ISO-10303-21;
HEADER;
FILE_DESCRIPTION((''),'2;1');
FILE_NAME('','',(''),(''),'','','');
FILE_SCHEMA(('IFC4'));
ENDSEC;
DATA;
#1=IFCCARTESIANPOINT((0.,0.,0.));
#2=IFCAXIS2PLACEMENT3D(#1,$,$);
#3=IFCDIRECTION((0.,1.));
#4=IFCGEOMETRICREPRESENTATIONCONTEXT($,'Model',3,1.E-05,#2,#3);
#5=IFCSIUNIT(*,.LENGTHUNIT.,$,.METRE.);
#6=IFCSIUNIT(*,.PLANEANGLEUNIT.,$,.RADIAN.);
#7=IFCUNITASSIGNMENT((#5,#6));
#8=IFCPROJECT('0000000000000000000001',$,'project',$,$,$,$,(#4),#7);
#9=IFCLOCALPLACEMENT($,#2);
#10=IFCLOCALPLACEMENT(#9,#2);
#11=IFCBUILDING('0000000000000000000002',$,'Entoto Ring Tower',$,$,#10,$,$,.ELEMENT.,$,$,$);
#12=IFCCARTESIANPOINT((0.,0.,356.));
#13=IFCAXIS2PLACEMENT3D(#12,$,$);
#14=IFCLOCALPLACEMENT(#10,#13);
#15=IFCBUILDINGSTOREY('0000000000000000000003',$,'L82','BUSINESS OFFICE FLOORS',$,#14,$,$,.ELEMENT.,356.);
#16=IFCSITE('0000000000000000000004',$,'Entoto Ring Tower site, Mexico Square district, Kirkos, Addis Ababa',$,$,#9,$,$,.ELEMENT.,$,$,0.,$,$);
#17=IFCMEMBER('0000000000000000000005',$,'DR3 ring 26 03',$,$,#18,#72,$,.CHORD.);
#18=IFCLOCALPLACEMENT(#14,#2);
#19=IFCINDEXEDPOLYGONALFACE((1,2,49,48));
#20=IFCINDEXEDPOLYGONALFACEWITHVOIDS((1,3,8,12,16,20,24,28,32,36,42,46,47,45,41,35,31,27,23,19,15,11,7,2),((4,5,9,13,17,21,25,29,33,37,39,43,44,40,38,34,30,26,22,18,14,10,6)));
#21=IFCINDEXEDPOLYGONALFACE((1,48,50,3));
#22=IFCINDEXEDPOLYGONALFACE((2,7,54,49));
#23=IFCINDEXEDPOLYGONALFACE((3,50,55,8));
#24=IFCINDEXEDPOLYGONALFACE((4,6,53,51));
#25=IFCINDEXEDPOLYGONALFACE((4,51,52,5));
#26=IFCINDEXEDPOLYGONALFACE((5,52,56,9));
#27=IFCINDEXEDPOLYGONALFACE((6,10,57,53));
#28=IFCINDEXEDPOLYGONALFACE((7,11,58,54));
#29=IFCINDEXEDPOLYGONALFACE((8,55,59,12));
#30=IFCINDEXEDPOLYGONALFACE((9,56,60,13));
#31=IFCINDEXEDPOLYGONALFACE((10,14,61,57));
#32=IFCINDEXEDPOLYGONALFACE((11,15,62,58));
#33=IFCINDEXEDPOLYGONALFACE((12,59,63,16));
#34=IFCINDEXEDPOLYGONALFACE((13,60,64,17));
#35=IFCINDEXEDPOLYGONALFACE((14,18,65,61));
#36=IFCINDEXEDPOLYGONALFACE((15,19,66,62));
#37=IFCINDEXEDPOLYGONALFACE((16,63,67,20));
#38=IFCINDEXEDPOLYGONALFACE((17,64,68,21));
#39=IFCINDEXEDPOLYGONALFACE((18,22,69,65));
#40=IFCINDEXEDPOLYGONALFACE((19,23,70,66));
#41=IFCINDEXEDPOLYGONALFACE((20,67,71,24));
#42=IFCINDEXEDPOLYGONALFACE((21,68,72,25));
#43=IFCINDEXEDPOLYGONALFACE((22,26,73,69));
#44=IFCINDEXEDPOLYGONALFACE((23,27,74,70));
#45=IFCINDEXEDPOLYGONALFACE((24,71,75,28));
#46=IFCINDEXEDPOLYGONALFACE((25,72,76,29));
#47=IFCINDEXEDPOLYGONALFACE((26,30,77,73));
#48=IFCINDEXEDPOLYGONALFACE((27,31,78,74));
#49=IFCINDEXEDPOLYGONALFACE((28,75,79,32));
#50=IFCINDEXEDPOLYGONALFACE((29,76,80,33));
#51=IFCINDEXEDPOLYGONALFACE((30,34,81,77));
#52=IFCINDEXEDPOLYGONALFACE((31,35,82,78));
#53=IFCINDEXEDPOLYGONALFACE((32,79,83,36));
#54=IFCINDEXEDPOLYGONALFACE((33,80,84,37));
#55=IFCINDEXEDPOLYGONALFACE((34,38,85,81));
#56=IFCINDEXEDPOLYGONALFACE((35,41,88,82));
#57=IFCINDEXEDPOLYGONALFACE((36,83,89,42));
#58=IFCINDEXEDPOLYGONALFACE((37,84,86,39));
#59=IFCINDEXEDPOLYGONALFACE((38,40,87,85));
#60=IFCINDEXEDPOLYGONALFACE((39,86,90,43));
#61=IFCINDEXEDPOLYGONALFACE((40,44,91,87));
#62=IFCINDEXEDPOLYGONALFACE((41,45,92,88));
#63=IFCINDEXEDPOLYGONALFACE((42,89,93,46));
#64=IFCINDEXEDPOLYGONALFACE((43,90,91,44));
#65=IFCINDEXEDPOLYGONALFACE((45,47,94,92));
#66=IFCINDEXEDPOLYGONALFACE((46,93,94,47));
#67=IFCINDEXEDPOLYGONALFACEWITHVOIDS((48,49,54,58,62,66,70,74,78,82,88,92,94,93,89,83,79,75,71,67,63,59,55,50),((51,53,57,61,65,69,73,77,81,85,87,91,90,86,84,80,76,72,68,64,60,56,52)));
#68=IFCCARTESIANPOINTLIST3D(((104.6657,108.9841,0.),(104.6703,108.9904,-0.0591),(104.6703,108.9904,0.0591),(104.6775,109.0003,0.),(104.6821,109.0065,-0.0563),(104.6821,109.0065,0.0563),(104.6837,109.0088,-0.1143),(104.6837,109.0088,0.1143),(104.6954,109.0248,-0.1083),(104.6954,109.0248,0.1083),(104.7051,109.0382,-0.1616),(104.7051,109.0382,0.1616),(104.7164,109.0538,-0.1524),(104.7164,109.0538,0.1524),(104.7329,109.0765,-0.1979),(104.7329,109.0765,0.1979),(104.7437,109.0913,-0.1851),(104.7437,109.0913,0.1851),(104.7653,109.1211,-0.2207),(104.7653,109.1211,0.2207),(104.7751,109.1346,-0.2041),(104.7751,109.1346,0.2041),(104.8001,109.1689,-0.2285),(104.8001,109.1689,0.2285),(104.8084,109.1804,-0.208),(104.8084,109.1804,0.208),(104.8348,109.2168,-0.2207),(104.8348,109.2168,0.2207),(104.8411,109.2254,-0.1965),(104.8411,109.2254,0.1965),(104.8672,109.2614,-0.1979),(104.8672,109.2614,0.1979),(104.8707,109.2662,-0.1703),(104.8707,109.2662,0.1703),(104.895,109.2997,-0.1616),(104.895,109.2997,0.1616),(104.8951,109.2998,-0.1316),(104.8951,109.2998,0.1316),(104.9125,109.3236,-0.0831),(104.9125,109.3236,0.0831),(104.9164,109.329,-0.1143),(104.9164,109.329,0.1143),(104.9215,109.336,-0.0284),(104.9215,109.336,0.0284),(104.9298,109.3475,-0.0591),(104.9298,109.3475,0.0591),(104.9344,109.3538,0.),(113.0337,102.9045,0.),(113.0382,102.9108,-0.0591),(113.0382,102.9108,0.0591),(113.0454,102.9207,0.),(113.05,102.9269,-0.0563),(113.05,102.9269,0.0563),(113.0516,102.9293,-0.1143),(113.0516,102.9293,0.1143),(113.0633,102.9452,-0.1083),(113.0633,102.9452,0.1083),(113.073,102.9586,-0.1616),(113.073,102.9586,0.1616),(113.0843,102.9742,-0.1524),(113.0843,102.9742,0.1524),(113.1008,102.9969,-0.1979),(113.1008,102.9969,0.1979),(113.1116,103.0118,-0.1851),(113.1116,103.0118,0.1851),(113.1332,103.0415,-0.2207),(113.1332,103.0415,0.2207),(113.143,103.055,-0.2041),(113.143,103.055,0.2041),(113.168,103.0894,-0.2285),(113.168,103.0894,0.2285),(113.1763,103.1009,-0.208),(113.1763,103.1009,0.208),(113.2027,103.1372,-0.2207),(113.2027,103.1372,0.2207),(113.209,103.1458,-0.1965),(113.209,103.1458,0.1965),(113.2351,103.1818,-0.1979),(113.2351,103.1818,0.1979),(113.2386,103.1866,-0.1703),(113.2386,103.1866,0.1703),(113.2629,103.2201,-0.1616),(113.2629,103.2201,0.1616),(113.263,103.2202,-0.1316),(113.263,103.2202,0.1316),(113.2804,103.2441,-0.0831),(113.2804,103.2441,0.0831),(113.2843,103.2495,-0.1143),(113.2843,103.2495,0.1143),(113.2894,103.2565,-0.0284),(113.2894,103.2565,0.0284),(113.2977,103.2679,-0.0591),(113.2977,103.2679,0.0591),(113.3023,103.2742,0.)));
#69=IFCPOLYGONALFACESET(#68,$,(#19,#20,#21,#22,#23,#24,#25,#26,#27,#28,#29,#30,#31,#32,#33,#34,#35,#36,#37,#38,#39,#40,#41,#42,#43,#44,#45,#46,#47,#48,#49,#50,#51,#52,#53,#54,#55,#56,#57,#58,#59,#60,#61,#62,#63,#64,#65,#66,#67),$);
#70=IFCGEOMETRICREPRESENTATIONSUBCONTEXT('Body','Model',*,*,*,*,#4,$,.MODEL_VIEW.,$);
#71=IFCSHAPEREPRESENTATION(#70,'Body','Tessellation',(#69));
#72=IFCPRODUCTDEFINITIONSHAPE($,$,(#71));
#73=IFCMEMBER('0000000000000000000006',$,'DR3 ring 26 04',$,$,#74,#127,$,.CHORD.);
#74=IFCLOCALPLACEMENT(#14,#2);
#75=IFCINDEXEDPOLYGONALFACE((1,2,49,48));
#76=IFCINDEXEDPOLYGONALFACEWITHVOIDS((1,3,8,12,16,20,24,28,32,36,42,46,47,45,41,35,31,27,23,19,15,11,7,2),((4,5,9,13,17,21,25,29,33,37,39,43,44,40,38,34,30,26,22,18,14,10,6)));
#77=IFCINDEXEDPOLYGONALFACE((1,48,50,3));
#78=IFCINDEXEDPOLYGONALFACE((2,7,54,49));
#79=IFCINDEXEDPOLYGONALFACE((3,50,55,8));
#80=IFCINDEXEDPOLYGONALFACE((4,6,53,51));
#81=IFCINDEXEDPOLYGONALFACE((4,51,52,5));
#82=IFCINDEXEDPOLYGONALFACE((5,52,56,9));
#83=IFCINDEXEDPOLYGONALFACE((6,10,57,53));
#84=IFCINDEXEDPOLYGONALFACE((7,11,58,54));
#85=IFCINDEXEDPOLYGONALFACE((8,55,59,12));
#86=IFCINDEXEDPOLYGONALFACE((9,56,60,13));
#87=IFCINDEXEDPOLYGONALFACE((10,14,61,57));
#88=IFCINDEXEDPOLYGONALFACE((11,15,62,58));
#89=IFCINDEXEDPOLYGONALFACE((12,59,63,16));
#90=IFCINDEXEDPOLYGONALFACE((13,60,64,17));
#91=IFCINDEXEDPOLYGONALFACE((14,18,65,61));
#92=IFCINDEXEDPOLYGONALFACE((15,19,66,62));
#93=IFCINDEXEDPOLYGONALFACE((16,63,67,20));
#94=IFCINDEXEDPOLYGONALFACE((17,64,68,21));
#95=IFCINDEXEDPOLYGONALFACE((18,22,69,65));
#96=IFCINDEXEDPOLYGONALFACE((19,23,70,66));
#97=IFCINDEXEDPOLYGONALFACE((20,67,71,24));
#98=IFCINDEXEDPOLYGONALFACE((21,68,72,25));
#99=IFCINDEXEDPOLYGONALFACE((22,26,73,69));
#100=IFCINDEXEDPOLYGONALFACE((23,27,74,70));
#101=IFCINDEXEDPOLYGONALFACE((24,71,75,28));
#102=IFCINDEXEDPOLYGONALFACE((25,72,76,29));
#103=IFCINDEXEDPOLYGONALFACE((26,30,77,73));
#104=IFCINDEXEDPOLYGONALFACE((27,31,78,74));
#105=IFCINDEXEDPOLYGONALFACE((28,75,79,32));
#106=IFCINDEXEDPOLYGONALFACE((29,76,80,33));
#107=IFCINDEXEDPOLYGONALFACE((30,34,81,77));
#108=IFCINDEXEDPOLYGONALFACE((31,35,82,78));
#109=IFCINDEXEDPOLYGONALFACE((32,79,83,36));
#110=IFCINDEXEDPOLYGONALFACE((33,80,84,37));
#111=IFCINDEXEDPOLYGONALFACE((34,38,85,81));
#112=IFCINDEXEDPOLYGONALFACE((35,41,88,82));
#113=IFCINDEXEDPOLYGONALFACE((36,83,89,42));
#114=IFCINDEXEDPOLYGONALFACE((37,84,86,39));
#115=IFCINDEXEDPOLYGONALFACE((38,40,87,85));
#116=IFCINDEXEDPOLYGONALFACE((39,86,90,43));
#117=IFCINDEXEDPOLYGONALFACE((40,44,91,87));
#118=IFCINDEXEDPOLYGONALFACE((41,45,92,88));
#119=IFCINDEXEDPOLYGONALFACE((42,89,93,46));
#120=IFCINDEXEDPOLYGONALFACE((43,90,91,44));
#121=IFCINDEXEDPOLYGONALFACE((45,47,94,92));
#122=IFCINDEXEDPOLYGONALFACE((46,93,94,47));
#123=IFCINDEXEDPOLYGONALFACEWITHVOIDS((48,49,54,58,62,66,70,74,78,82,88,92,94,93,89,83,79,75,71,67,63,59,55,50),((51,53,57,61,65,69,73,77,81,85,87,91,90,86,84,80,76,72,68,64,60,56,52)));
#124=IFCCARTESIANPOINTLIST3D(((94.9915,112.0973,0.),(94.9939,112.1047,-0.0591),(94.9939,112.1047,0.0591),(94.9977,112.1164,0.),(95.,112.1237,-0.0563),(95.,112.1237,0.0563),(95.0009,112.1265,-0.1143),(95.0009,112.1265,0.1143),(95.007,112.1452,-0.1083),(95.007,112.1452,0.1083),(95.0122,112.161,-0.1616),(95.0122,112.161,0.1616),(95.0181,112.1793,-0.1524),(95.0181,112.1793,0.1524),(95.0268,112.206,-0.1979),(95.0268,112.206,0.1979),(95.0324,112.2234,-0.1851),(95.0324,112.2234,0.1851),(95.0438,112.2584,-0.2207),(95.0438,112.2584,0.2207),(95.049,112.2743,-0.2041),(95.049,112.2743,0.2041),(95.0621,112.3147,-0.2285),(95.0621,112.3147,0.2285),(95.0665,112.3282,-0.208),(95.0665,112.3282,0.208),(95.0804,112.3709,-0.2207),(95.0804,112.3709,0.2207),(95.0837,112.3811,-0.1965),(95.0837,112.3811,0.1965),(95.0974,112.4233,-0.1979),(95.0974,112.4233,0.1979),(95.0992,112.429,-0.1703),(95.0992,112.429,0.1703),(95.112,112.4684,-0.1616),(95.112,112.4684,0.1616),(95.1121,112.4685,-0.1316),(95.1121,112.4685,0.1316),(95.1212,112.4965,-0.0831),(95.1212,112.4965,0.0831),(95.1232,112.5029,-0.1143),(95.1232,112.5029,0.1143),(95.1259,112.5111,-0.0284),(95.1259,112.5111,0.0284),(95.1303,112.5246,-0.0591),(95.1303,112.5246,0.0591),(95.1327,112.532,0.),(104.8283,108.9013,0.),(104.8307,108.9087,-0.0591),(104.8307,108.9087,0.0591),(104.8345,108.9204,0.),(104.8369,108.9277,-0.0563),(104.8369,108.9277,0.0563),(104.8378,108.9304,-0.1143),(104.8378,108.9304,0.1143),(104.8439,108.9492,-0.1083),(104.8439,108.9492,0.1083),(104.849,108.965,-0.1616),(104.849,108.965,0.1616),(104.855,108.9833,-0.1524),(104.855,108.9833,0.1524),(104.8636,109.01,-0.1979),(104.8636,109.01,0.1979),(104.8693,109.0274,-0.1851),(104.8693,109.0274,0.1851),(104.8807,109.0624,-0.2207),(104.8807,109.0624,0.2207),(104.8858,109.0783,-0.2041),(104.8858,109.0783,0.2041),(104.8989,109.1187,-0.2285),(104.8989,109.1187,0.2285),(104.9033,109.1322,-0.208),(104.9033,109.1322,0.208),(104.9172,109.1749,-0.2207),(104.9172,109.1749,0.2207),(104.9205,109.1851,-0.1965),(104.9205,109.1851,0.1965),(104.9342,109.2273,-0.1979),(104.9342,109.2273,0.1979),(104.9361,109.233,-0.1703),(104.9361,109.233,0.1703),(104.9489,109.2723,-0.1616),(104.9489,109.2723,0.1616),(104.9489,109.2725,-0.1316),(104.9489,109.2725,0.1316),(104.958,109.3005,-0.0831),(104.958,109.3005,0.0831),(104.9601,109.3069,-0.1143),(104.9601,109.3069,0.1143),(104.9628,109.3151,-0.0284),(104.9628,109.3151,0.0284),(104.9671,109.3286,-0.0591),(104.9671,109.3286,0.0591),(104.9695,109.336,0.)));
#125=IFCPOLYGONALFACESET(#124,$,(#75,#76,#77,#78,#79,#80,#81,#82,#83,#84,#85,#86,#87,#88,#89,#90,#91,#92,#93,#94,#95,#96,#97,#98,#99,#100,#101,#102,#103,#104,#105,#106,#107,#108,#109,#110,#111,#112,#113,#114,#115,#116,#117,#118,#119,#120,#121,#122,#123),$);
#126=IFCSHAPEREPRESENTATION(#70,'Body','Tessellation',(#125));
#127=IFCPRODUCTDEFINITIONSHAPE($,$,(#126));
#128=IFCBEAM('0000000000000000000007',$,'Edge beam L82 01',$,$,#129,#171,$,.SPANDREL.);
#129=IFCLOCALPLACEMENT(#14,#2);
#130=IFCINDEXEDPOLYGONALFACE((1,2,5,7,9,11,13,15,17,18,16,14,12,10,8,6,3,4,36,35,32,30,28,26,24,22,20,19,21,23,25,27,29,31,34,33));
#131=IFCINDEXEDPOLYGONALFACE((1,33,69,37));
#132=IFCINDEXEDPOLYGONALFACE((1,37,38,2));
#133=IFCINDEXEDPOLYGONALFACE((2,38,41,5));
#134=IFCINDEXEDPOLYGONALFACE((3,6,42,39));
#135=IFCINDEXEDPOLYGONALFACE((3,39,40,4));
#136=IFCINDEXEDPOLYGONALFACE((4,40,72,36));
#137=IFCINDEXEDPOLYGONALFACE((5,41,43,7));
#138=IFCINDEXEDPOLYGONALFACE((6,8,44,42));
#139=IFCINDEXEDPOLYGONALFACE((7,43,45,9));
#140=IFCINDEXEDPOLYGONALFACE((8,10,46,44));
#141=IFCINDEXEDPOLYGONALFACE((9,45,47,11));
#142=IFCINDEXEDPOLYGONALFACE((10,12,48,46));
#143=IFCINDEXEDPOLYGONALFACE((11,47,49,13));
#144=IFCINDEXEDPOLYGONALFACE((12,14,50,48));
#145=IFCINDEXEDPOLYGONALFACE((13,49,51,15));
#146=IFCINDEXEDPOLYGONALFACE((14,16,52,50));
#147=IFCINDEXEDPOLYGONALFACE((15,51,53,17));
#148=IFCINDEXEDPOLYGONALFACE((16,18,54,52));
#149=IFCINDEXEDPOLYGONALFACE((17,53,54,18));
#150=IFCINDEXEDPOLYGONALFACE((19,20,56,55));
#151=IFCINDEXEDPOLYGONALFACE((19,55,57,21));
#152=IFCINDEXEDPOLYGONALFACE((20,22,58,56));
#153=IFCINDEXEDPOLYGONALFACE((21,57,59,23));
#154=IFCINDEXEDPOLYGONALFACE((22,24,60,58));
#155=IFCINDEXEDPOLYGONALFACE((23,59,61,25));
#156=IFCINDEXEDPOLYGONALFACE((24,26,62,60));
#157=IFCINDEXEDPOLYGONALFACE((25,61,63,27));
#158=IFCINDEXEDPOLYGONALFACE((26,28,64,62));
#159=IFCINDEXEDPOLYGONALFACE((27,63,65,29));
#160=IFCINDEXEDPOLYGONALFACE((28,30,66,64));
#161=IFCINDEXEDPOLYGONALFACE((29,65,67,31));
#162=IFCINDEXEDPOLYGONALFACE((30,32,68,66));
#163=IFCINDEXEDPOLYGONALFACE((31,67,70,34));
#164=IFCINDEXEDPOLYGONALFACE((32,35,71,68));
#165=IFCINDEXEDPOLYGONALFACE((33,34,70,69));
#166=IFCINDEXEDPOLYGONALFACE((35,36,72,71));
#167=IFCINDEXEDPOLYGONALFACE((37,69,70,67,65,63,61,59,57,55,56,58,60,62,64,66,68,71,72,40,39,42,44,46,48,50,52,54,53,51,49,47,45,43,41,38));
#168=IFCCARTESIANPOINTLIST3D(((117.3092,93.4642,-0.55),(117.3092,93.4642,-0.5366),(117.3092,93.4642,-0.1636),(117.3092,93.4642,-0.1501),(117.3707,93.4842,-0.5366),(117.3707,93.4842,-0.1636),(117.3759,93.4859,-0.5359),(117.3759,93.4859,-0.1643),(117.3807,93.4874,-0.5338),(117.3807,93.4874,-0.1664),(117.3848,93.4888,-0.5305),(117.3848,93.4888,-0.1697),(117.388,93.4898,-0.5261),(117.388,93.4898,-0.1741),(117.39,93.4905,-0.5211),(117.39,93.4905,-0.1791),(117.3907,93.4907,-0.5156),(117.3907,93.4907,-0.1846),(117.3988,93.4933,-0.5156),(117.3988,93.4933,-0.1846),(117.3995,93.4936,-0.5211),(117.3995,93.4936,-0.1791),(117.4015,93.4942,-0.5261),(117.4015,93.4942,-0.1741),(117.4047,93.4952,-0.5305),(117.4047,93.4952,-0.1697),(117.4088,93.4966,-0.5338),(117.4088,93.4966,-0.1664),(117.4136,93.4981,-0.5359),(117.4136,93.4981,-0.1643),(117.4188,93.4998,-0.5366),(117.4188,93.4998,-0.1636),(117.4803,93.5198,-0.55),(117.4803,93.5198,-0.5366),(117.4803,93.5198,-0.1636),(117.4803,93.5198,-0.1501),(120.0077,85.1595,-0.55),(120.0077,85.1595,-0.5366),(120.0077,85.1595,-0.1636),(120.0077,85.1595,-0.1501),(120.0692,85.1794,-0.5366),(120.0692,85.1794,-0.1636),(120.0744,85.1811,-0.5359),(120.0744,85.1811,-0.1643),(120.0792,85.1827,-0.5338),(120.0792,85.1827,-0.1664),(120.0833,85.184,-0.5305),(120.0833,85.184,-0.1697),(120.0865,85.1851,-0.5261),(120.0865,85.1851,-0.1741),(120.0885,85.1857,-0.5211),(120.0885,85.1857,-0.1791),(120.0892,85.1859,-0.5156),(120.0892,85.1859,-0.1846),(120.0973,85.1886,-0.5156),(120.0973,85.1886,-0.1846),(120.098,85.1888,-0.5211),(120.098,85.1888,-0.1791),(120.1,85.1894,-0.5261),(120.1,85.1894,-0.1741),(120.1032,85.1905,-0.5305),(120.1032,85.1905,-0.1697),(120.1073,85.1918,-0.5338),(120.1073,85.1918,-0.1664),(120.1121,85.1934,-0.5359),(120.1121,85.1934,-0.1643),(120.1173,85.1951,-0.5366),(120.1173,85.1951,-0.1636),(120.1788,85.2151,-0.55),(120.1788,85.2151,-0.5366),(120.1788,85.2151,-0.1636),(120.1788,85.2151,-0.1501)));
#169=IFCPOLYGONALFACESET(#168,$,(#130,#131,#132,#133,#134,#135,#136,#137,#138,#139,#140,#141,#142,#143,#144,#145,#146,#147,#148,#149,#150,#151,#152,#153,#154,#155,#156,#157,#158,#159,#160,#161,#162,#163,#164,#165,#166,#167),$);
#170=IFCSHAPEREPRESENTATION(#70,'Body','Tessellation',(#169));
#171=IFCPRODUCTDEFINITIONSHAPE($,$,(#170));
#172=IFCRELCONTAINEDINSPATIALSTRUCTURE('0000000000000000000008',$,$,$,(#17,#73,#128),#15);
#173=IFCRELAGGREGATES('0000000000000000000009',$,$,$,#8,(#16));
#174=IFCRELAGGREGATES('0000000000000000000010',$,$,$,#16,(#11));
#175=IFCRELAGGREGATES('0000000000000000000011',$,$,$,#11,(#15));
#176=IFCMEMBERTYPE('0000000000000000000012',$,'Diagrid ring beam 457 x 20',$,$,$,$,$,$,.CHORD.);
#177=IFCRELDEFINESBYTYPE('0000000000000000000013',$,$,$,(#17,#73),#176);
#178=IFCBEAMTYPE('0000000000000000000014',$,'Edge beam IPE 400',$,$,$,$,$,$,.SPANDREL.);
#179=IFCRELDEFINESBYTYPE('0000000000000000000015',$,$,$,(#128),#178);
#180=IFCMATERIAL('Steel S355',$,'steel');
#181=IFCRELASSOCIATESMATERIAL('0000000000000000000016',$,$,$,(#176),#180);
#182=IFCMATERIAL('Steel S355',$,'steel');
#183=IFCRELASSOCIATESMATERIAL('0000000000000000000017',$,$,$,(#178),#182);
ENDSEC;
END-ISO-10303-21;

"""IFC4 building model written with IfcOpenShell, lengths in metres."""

from ifc_helpers import new_model, si_unit, direction, frame, origin, origin_2d, place, context, subcontext, project, spatial, circle, hollow_circle, i_section, extrude, material, material_profile, profile_set, type_object, element, save


model = new_model("IFC4")

# Units and contexts
model_context = context("Model", 3, precision=1e-05, world=origin(), true_north=direction((0.0, 1.0)))
body_context = subcontext(model_context, "Body", "Model", "MODEL_VIEW")
ifc_project = project(units=[si_unit("LENGTHUNIT", "METRE"), si_unit("PLANEANGLEUNIT", "RADIAN")], contexts=[model_context])

# Site, building, storey
site_placement = place(None, origin())
site = spatial("IfcSite", under=ifc_project, at=site_placement, Name="Entoto Ring Tower site, Mexico Square district, Kirkos, Addis Ababa", CompositionType="ELEMENT", RefElevation=0.0)
building_placement = place(site_placement, origin())
building = spatial("IfcBuilding", under=site, at=building_placement, Name="Entoto Ring Tower", CompositionType="ELEMENT")
storey_placement = place(building_placement, frame((0.0, 0.0, 356.0)))
storey = spatial("IfcBuildingStorey", under=building, at=storey_placement, Name="L82", Description="BUSINESS OFFICE FLOORS", CompositionType="ELEMENT", Elevation=356.0)

# Members
ifc_material_1 = material(Name="Steel S355", Category="steel")
ifc_material_profile_1 = material_profile(ifc_material_1, hollow_circle(Radius=0.2285, WallThickness=0.02, at=origin_2d()), Name="CHS 457 x 20")
ifc_material_2 = material(Name="Concrete C60/75", Category="concrete")
ifc_material_profile_2 = material_profile(ifc_material_2, circle(Radius=0.2085, at=origin_2d()), Name="Concrete C60/75 infill")
ifc_profile_set_1 = profile_set([ifc_material_profile_1, ifc_material_profile_2], Name="Steel S355")
member_type_1 = type_object("IfcMemberType", Name="Diagrid ring beam 457 x 20", PredefinedType="CHORD", material=ifc_profile_set_1)
for number, where, z_axis, x_axis, name in (
    (1, (113.168, 103.0894, 0.0), (-0.80902, 0.587781, 0.0), (-0.587781, -0.80902, 0.0), "DR3 ring 26 03"),
):
    element("IfcMember", number, at=place(storey_placement, frame(where, z_axis=z_axis, x_axis=x_axis)), inside=storey, type_object=member_type_1, Name=name, PredefinedType="CHORD", context=body_context, shape_type="SweptSolid", body=[
        extrude(hollow_circle(Radius=0.2285, WallThickness=0.02, at=origin_2d()), origin(), (0.0, 0.0, 1.0), 10.3433),
    ])
member_1_placement = place(storey_placement, frame((104.8989, 109.1187, 0.0), z_axis=(-0.951061, 0.309003, 0.0), x_axis=(-0.309003, -0.951061, 0.0)))
element("IfcMember", 2, at=member_1_placement, inside=storey, type_object=member_type_1, Name="DR3 ring 26 04", PredefinedType="CHORD", context=body_context, shape_type="SweptSolid", body=[
    extrude(hollow_circle(Radius=0.2285, WallThickness=0.02, at=origin_2d()), origin(), (0.0, 0.0, 1.0), 10.343),
])

# Beam
ifc_material_3 = material(Name="Steel S355", Category="steel")
ifc_material_profile_3 = material_profile(ifc_material_3, i_section(OverallWidth=0.1799, OverallDepth=0.3999, WebThickness=0.0085, FlangeThickness=0.0134, FilletRadius=0.021, at=origin_2d()), Name="IPE 400")
ifc_profile_set_2 = profile_set([ifc_material_profile_3], Name="Steel S355")
beam_type_1 = type_object("IfcBeamType", Name="Edge beam IPE 400", PredefinedType="SPANDREL", material=ifc_profile_set_2)
beam_1_placement = place(storey_placement, frame((120.0933, 85.1873, -0.3501), z_axis=(-0.30903, 0.951052, 0.0), x_axis=(-0.951052, -0.30903, 0.0)))
element("IfcBeam", 3, at=beam_1_placement, inside=storey, type_object=beam_type_1, Name="Edge beam L82 01", PredefinedType="SPANDREL", context=body_context, shape_type="SweptSolid", body=[
    extrude(i_section(OverallWidth=0.1799, OverallDepth=0.3999, WebThickness=0.0085, FlangeThickness=0.0134, FilletRadius=0.021, at=origin_2d()), origin(), (0.0, 0.0, 1.0), 8.7322),
])

save(model, "model.ifc")
